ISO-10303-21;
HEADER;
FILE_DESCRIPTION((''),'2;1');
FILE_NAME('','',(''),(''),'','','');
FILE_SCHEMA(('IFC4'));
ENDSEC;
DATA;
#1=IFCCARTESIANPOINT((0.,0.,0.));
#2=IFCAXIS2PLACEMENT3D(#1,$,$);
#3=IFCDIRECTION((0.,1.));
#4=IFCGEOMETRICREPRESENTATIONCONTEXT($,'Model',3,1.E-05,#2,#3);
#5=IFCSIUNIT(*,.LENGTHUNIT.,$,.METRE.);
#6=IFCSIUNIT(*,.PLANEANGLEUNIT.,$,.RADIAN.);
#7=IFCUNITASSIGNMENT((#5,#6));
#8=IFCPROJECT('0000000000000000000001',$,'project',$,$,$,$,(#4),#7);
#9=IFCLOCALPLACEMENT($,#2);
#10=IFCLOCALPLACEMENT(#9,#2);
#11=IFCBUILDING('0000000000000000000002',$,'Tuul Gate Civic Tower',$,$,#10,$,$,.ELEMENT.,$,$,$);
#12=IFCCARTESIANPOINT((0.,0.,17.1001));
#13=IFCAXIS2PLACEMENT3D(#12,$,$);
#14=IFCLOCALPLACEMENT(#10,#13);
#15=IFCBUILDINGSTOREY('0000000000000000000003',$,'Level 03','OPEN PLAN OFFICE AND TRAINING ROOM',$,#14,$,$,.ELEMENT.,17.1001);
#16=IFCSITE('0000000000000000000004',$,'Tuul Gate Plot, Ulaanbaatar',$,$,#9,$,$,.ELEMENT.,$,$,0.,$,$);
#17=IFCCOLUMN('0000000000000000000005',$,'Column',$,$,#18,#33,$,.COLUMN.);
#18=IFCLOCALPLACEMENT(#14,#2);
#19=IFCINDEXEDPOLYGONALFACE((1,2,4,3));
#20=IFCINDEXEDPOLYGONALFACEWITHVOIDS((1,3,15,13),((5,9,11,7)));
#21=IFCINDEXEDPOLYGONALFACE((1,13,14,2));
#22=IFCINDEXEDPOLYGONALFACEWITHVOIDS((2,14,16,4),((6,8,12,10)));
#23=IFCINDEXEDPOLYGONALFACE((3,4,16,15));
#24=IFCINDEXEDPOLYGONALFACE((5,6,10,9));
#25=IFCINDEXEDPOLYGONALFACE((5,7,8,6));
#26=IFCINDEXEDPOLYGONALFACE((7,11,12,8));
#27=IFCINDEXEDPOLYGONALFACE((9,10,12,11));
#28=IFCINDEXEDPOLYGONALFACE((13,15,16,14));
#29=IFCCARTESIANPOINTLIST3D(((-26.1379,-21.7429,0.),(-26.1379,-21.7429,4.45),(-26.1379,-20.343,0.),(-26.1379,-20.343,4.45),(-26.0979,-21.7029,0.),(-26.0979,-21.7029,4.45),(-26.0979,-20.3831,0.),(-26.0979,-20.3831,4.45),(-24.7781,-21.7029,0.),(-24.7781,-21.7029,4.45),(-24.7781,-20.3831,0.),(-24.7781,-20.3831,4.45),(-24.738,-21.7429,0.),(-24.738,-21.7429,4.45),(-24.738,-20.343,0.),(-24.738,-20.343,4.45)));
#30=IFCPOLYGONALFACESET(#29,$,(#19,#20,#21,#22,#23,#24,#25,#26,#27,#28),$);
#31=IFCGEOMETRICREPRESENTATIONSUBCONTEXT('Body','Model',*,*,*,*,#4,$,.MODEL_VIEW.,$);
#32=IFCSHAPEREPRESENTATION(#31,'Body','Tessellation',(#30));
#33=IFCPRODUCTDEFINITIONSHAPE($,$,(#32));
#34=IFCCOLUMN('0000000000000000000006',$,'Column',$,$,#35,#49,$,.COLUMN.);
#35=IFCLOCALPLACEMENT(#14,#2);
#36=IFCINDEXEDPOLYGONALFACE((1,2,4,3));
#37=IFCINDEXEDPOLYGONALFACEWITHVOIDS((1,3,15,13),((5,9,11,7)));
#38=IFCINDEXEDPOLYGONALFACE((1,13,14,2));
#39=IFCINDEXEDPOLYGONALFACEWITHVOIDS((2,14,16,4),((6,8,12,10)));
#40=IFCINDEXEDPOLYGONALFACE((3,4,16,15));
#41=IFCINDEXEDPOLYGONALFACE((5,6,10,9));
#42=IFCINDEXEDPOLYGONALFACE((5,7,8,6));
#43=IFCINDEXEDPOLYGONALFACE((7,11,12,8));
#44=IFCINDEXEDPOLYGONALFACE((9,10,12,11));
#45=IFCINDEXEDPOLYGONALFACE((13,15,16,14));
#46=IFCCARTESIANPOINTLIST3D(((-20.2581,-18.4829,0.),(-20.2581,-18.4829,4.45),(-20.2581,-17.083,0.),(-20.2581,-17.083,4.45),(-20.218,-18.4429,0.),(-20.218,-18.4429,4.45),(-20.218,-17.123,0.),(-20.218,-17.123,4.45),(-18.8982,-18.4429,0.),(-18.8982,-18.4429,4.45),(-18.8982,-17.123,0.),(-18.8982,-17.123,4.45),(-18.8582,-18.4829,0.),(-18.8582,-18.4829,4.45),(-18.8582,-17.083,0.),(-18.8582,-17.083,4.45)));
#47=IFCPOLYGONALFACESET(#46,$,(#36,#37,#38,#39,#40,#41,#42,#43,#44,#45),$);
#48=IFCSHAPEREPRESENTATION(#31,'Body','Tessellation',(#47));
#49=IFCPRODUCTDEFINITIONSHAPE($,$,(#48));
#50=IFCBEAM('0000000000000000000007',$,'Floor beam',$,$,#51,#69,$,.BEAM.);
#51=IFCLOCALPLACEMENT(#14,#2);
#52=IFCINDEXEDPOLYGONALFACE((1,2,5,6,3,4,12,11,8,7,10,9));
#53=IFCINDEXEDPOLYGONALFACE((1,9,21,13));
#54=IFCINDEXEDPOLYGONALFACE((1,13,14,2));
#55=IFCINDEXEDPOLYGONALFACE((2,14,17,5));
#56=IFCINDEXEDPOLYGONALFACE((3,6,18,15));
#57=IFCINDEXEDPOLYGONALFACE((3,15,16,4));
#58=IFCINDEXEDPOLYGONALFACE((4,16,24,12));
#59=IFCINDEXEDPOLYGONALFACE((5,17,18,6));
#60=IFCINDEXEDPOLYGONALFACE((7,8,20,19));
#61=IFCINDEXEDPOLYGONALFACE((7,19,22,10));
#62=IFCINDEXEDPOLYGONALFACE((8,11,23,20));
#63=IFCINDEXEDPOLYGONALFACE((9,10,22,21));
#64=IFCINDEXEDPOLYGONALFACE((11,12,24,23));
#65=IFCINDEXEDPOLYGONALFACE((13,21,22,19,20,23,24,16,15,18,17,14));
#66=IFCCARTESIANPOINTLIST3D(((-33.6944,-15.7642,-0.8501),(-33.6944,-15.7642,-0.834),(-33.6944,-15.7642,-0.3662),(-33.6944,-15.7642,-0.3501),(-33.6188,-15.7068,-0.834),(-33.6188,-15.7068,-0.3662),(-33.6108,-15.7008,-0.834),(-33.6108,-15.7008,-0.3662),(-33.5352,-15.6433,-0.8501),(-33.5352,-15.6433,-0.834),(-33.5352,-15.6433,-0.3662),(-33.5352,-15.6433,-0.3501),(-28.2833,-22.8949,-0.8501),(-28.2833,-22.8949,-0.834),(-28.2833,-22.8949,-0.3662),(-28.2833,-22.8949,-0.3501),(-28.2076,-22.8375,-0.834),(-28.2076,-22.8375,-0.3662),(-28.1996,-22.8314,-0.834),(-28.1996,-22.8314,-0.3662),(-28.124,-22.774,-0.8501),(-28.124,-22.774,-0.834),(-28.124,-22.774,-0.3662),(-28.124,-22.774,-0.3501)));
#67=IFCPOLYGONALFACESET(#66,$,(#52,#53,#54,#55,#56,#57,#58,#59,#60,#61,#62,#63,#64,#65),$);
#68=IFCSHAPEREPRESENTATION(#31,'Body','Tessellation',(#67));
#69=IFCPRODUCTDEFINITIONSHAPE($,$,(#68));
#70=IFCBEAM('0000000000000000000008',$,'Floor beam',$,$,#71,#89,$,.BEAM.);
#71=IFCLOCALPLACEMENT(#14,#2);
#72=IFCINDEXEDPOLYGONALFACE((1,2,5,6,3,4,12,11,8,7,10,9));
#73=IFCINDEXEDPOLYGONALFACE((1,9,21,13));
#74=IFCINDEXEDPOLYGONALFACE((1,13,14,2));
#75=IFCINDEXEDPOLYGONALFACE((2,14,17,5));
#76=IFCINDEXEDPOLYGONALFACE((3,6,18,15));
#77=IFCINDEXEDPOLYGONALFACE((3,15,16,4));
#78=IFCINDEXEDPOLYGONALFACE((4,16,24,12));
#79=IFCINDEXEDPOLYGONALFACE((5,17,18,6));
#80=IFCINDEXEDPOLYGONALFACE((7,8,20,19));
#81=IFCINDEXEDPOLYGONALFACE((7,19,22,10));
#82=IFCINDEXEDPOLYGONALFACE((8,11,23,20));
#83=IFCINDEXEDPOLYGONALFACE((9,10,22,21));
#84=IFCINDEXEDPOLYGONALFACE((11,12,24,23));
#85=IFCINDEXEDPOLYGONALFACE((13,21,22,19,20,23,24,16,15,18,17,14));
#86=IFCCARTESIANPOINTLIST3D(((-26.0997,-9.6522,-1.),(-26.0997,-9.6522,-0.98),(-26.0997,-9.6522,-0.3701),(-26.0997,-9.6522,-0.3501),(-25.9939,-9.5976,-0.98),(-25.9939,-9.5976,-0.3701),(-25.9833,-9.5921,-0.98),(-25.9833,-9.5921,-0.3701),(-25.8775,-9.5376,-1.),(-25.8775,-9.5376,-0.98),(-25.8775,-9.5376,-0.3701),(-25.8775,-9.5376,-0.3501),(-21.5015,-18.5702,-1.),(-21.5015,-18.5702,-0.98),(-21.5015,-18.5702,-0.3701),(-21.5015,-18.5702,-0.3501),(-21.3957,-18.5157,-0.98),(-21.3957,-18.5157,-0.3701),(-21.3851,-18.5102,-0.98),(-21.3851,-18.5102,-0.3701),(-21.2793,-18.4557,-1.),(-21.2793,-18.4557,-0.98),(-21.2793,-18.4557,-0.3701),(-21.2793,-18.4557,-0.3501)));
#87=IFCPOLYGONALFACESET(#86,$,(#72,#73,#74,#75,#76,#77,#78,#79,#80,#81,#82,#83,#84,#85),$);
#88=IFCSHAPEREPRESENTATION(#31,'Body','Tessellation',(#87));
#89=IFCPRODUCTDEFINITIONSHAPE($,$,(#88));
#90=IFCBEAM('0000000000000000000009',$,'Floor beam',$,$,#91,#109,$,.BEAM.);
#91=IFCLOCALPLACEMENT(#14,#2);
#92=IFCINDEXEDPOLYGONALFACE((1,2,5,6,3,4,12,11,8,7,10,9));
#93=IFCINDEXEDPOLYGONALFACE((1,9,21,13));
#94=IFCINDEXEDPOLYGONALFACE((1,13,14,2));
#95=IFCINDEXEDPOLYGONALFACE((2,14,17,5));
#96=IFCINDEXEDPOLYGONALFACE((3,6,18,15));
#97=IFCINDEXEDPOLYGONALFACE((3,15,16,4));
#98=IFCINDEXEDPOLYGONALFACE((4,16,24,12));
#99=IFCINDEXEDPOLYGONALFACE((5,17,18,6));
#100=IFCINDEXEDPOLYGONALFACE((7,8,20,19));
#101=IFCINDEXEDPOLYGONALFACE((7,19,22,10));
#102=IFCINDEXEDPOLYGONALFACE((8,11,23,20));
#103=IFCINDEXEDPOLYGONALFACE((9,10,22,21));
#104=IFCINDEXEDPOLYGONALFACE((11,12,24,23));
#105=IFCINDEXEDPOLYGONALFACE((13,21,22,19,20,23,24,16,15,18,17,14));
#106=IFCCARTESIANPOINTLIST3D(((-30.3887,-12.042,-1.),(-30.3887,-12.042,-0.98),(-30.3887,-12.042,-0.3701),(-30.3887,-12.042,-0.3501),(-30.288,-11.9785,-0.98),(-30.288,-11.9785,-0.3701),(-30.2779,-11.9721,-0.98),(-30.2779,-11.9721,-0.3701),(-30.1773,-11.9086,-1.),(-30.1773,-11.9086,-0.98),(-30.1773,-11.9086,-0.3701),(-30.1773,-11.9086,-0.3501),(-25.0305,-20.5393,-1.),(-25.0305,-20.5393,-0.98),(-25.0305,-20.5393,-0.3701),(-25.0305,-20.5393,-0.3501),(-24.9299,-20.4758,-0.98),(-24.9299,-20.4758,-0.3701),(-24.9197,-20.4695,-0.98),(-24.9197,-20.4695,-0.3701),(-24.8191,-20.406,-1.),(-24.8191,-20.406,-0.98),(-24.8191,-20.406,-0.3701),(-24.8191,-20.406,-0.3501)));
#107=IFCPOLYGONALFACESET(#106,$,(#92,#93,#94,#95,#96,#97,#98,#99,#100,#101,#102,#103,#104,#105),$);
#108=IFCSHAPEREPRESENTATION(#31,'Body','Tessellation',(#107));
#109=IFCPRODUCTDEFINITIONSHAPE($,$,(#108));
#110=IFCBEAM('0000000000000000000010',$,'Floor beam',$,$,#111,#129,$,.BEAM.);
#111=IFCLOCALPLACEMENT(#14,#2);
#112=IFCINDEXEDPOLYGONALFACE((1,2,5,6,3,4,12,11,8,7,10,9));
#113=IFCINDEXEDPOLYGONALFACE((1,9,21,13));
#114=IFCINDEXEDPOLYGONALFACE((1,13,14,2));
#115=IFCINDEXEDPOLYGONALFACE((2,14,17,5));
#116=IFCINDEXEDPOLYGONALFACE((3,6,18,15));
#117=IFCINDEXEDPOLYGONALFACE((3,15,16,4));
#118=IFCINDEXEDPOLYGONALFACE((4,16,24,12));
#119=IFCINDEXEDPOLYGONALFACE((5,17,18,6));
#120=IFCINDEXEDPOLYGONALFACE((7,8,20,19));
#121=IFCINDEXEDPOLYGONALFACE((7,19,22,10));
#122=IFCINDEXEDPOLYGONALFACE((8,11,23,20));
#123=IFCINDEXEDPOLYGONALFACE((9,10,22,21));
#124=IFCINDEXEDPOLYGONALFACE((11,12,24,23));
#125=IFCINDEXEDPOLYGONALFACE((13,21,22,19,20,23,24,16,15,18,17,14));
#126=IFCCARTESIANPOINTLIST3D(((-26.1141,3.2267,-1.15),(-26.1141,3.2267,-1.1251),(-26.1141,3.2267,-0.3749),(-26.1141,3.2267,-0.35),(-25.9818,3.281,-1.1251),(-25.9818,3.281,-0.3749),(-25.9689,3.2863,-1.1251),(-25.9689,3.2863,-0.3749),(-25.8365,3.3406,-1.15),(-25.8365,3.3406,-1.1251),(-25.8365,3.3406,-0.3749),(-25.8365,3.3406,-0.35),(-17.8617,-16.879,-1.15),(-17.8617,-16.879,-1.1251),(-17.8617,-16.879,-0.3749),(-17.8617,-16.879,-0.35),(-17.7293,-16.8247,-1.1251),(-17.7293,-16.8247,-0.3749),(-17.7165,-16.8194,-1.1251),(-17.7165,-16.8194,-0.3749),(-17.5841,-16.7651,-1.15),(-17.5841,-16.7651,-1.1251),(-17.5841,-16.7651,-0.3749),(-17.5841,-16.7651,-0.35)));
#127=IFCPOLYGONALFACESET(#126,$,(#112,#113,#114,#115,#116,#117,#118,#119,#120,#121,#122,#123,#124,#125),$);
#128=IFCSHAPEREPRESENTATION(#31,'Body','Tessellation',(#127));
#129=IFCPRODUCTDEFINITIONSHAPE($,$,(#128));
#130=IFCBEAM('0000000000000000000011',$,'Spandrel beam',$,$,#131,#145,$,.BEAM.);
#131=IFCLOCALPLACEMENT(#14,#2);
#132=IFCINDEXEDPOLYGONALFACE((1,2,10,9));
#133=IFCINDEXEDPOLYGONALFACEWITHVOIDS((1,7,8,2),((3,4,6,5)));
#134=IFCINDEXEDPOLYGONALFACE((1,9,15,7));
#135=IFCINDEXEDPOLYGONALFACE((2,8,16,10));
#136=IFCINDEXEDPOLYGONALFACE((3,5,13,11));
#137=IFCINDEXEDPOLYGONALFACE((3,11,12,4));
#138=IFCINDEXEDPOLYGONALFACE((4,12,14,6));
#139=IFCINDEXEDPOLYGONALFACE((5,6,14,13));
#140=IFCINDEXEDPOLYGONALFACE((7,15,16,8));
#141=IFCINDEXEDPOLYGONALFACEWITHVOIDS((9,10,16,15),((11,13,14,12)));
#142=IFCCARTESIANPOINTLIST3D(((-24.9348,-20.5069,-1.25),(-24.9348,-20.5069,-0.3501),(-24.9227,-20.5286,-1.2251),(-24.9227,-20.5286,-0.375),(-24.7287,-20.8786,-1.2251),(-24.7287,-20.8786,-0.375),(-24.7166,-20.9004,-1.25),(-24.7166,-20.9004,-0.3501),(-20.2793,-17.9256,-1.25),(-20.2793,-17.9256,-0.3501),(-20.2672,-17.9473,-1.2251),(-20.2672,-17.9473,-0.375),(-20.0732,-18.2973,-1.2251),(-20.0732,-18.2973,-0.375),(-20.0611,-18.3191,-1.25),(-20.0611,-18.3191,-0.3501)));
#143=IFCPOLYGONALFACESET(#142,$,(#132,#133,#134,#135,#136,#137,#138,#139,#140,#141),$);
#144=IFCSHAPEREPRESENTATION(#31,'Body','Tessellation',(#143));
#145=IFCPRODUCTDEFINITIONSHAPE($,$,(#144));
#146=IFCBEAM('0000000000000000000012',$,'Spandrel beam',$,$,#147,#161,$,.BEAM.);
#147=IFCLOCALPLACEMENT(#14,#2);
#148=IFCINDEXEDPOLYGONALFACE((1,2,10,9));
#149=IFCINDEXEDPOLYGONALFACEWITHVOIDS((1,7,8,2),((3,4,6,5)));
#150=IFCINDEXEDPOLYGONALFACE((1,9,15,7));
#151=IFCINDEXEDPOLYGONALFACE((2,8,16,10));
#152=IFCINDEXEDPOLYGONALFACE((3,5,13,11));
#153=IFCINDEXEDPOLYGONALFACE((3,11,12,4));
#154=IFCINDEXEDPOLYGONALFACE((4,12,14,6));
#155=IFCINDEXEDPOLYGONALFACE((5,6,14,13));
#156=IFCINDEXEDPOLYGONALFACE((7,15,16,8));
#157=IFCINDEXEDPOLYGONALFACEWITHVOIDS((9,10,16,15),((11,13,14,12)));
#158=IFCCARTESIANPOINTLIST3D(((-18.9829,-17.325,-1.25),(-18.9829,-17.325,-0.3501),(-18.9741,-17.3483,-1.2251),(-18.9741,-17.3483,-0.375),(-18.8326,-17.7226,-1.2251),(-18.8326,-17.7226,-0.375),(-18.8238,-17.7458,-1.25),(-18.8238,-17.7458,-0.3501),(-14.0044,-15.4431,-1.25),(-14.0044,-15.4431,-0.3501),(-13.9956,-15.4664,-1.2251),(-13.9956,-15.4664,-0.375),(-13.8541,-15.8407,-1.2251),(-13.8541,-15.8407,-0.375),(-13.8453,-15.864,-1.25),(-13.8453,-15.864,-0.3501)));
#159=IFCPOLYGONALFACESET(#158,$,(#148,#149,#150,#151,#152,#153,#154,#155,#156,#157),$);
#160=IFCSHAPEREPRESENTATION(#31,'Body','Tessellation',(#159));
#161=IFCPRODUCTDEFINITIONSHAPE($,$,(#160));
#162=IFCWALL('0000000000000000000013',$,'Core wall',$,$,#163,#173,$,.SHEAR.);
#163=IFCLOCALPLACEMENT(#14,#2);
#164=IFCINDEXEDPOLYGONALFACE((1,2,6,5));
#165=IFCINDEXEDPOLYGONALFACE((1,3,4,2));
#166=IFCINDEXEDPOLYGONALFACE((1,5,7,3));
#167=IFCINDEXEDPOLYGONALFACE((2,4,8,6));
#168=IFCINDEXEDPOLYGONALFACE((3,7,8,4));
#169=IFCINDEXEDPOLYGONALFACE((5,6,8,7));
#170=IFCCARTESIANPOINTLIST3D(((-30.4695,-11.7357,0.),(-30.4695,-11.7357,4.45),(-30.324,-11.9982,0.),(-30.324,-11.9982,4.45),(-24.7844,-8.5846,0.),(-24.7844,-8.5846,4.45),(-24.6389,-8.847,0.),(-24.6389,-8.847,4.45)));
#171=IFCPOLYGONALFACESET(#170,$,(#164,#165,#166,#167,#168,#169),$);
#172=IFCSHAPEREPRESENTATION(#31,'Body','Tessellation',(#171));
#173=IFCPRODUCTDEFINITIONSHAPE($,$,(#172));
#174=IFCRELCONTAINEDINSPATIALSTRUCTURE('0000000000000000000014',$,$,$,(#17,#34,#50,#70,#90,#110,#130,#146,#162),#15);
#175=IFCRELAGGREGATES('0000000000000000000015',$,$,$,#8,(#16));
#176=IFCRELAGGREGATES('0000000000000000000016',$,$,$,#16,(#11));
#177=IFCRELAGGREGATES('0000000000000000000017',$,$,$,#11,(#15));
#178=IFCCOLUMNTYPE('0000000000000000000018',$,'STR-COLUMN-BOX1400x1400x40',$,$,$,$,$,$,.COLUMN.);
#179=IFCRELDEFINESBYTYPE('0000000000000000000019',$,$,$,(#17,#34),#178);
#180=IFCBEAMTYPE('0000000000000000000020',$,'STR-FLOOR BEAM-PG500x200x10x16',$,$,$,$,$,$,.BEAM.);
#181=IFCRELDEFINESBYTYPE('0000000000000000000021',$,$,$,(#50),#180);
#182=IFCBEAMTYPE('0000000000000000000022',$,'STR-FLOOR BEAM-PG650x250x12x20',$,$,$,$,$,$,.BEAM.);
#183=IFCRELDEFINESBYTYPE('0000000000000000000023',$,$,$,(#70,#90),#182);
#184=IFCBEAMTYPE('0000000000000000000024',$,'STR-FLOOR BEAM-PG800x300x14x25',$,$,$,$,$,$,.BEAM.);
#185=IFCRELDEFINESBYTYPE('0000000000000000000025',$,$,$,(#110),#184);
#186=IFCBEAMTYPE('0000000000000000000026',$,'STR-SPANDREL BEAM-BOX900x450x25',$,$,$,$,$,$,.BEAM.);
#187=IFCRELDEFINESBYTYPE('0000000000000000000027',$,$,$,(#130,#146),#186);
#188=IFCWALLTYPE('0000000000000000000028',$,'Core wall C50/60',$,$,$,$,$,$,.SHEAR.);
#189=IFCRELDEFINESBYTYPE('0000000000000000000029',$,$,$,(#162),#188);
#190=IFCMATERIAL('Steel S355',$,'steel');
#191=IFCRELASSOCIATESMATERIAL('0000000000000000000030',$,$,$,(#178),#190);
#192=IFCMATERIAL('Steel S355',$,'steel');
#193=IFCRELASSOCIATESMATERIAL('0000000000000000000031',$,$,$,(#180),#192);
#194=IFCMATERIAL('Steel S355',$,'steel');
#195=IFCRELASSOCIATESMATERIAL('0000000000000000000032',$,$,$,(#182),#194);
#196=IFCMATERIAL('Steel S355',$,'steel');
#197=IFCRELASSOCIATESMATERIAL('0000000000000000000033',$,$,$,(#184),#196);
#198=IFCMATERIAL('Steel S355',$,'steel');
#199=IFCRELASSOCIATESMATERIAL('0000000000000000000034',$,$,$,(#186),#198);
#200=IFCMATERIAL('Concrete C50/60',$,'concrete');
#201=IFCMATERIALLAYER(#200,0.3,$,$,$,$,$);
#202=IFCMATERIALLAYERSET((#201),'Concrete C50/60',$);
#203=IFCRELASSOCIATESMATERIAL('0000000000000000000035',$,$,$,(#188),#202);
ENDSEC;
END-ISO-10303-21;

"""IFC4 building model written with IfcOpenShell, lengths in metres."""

from ifc_helpers import new_model, si_unit, direction, frame, frame_2d, origin, origin_2d, place, context, subcontext, project, spatial, rectangle, hollow_rectangle, i_section, extrude, material, layer, layer_set, material_profile, profile_set, type_object, element, save


model = new_model("IFC4")

# Units and contexts
model_context = context("Model", 3, precision=1e-05, world=origin(), true_north=direction((0.0, 1.0)))
body_context = subcontext(model_context, "Body", "Model", "MODEL_VIEW")
ifc_project = project(units=[si_unit("LENGTHUNIT", "METRE"), si_unit("PLANEANGLEUNIT", "RADIAN")], contexts=[model_context])

# Site, building, storey
site_placement = place(None, origin())
site = spatial("IfcSite", under=ifc_project, at=site_placement, Name="Tuul Gate Plot, Ulaanbaatar", CompositionType="ELEMENT", RefElevation=0.0)
building_placement = place(site_placement, origin())
building = spatial("IfcBuilding", under=site, at=building_placement, Name="Tuul Gate Civic Tower", CompositionType="ELEMENT")
storey_placement = place(building_placement, frame((0.0, 0.0, 17.1001)))
storey = spatial("IfcBuildingStorey", under=building, at=storey_placement, Name="Level 03", Description="OPEN PLAN OFFICE AND TRAINING ROOM", CompositionType="ELEMENT", Elevation=17.1001)

# Columns
ifc_material_1 = material(Name="Steel S355", Category="steel")
ifc_material_profile_1 = material_profile(ifc_material_1, hollow_rectangle(XDim=1.3999, YDim=1.3999, WallThickness=0.04, at=origin_2d()), Name="BOX1400x1400x40")
ifc_profile_set_1 = profile_set([ifc_material_profile_1], Name="Steel S355")
column_type = type_object("IfcColumnType", Name="STR-COLUMN-BOX1400x1400x40", PredefinedType="COLUMN", material=ifc_profile_set_1)
for number, where, z_axis, x_axis, name in (
    (1, (-25.438, -21.043, 0.0), (0.0, 0.0, 1.0), (1.0, 0.0, 0.0), "Column"),
    (2, (-19.5581, -17.783, 0.0), (0.0, 0.0, 1.0), (1.0, 0.0, 0.0), "Column"),
):
    element("IfcColumn", number, at=place(storey_placement, frame(where, z_axis=z_axis, x_axis=x_axis)), inside=storey, type_object=column_type, Name=name, PredefinedType="COLUMN", context=body_context, shape_type="SweptSolid", body=[
        extrude(hollow_rectangle(XDim=1.3999, YDim=1.3999, WallThickness=0.04, at=origin_2d()), origin(), (0.0, 0.0, 1.0), 4.45),
    ])

# Beams
ifc_material_2 = material(Name="Steel S355", Category="steel")
ifc_material_profile_2 = material_profile(ifc_material_2, i_section(OverallWidth=0.2, OverallDepth=0.5, WebThickness=0.01, FlangeThickness=0.0161, at=origin_2d()), Name="PG500x200x10x16")
ifc_profile_set_2 = profile_set([ifc_material_profile_2], Name="Steel S355")
beam_type_1 = type_object("IfcBeamType", Name="STR-FLOOR BEAM-PG500x200x10x16", PredefinedType="BEAM", material=ifc_profile_set_2)
beam_1_placement = place(storey_placement, frame((-28.2036, -22.8345, -0.6001), z_axis=(-0.604507, 0.7966, 0.0), x_axis=(-0.7966, -0.604507, 0.0)))
element("IfcBeam", 3, at=beam_1_placement, inside=storey, type_object=beam_type_1, Name="Floor beam", PredefinedType="BEAM", context=body_context, shape_type="SweptSolid", body=[
    extrude(i_section(OverallWidth=0.2, OverallDepth=0.5, WebThickness=0.01, FlangeThickness=0.0161, at=origin_2d()), origin(), (0.0, 0.0, 1.0), 8.9514),
])
ifc_material_3 = material(Name="Steel S355", Category="steel")
ifc_material_profile_3 = material_profile(ifc_material_3, i_section(OverallWidth=0.25, OverallDepth=0.6499, WebThickness=0.012, FlangeThickness=0.02, at=origin_2d()), Name="PG650x250x12x20")
ifc_profile_set_3 = profile_set([ifc_material_profile_3], Name="Steel S355")
beam_type_2 = type_object("IfcBeamType", Name="STR-FLOOR BEAM-PG650x250x12x20", PredefinedType="BEAM", material=ifc_profile_set_3)
beam_2_placement = place(storey_placement, frame((-21.3904, -18.5129, -0.675), z_axis=(-0.458275, 0.888811, 0.0), x_axis=(-0.888811, -0.458275, 0.0)))
element("IfcBeam", 4, at=beam_2_placement, inside=storey, type_object=beam_type_2, Name="Floor beam", PredefinedType="BEAM", context=body_context, shape_type="SweptSolid", body=[
    extrude(i_section(OverallWidth=0.25, OverallDepth=0.6499, WebThickness=0.012, FlangeThickness=0.02, at=origin_2d()), origin(), (0.0, 0.0, 1.0), 10.0337),
])
beam_3_placement = place(storey_placement, frame((-24.9248, -20.4727, -0.675), z_axis=(-0.533383, 0.845874, 0.0), x_axis=(-0.845874, -0.533383, 0.0)))
element("IfcBeam", 5, at=beam_3_placement, inside=storey, type_object=beam_type_2, Name="Floor beam", PredefinedType="BEAM", context=body_context, shape_type="SweptSolid", body=[
    extrude(i_section(OverallWidth=0.25, OverallDepth=0.6499, WebThickness=0.012, FlangeThickness=0.02, at=origin_2d()), origin(), (0.0, 0.0, 1.0), 10.0457),
])
ifc_material_4 = material(Name="Steel S355", Category="steel")
ifc_material_profile_4 = material_profile(ifc_material_4, i_section(OverallWidth=0.3, OverallDepth=0.8, WebThickness=0.0139, FlangeThickness=0.0249, at=origin_2d()), Name="PG800x300x14x25")
ifc_profile_set_4 = profile_set([ifc_material_profile_4], Name="Steel S355")
beam_type_3 = type_object("IfcBeamType", Name="STR-FLOOR BEAM-PG800x300x14x25", PredefinedType="BEAM", material=ifc_profile_set_4)
beam_4_placement = place(storey_placement, frame((-17.7229, -16.822, -0.75), z_axis=(-0.379712, 0.925105, 0.0), x_axis=(-0.925105, -0.379712, 0.0)))
element("IfcBeam", 6, at=beam_4_placement, inside=storey, type_object=beam_type_3, Name="Floor beam", PredefinedType="BEAM", context=body_context, shape_type="SweptSolid", body=[
    extrude(i_section(OverallWidth=0.3, OverallDepth=0.8, WebThickness=0.0139, FlangeThickness=0.0249, at=origin_2d()), origin(), (0.0, 0.0, 1.0), 21.7334),
])
ifc_material_5 = material(Name="Steel S355", Category="steel")
ifc_material_profile_5 = material_profile(ifc_material_5, hollow_rectangle(XDim=0.45, YDim=0.8999, WallThickness=0.0249, at=origin_2d()), Name="BOX900x450x25")
ifc_profile_set_5 = profile_set([ifc_material_profile_5], Name="Steel S355")
beam_type_4 = type_object("IfcBeamType", Name="STR-SPANDREL BEAM-BOX900x450x25", PredefinedType="BEAM", material=ifc_profile_set_5)
beam_5_placement = place(storey_placement, frame((-24.8257, -20.7036, -0.8), z_axis=(0.874564, 0.484911, 0.0), x_axis=(-0.484911, 0.874564, 0.0)))
element("IfcBeam", 7, at=beam_5_placement, inside=storey, type_object=beam_type_4, Name="Spandrel beam", PredefinedType="BEAM", context=body_context, shape_type="SweptSolid", body=[
    extrude(hollow_rectangle(XDim=0.45, YDim=0.8999, WallThickness=0.0249, at=origin_2d()), origin(), (0.0, 0.0, 1.0), 5.3232),
])
beam_6_placement = place(storey_placement, frame((-18.9033, -17.5354, -0.8), z_axis=(0.935406, 0.353575, 0.0), x_axis=(-0.353575, 0.935406, 0.0)))
element("IfcBeam", 8, at=beam_6_placement, inside=storey, type_object=beam_type_4, Name="Spandrel beam", PredefinedType="BEAM", context=body_context, shape_type="SweptSolid", body=[
    extrude(hollow_rectangle(XDim=0.45, YDim=0.8999, WallThickness=0.0249, at=origin_2d()), origin(), (0.0, 0.0, 1.0), 5.3223),
])

# Wall
ifc_material_6 = material(Name="Concrete C50/60", Category="concrete")
ifc_layer_1 = layer(ifc_material_6, 0.3)
ifc_layer_set_1 = layer_set([ifc_layer_1], Name="Concrete C50/60")
wall_type_1 = type_object("IfcWallType", Name="Core wall C50/60", PredefinedType="SHEAR", material=ifc_layer_set_1)
wall_1_placement = place(storey_placement, frame((-24.7117, -8.7158, 0.0), z_axis=(0.0, 0.0, 1.0), x_axis=(-0.87463, -0.484791, 0.0)))
element("IfcWall", 9, at=wall_1_placement, inside=storey, type_object=wall_type_1, Name="Core wall", PredefinedType="SHEAR", context=body_context, shape_type="SweptSolid", body=[
    extrude(rectangle(XDim=6.5, YDim=0.3, at=frame_2d((3.25, 0.0))), origin(), (0.0, 0.0, 1.0), 4.45),
])

save(model, "model.ifc")
